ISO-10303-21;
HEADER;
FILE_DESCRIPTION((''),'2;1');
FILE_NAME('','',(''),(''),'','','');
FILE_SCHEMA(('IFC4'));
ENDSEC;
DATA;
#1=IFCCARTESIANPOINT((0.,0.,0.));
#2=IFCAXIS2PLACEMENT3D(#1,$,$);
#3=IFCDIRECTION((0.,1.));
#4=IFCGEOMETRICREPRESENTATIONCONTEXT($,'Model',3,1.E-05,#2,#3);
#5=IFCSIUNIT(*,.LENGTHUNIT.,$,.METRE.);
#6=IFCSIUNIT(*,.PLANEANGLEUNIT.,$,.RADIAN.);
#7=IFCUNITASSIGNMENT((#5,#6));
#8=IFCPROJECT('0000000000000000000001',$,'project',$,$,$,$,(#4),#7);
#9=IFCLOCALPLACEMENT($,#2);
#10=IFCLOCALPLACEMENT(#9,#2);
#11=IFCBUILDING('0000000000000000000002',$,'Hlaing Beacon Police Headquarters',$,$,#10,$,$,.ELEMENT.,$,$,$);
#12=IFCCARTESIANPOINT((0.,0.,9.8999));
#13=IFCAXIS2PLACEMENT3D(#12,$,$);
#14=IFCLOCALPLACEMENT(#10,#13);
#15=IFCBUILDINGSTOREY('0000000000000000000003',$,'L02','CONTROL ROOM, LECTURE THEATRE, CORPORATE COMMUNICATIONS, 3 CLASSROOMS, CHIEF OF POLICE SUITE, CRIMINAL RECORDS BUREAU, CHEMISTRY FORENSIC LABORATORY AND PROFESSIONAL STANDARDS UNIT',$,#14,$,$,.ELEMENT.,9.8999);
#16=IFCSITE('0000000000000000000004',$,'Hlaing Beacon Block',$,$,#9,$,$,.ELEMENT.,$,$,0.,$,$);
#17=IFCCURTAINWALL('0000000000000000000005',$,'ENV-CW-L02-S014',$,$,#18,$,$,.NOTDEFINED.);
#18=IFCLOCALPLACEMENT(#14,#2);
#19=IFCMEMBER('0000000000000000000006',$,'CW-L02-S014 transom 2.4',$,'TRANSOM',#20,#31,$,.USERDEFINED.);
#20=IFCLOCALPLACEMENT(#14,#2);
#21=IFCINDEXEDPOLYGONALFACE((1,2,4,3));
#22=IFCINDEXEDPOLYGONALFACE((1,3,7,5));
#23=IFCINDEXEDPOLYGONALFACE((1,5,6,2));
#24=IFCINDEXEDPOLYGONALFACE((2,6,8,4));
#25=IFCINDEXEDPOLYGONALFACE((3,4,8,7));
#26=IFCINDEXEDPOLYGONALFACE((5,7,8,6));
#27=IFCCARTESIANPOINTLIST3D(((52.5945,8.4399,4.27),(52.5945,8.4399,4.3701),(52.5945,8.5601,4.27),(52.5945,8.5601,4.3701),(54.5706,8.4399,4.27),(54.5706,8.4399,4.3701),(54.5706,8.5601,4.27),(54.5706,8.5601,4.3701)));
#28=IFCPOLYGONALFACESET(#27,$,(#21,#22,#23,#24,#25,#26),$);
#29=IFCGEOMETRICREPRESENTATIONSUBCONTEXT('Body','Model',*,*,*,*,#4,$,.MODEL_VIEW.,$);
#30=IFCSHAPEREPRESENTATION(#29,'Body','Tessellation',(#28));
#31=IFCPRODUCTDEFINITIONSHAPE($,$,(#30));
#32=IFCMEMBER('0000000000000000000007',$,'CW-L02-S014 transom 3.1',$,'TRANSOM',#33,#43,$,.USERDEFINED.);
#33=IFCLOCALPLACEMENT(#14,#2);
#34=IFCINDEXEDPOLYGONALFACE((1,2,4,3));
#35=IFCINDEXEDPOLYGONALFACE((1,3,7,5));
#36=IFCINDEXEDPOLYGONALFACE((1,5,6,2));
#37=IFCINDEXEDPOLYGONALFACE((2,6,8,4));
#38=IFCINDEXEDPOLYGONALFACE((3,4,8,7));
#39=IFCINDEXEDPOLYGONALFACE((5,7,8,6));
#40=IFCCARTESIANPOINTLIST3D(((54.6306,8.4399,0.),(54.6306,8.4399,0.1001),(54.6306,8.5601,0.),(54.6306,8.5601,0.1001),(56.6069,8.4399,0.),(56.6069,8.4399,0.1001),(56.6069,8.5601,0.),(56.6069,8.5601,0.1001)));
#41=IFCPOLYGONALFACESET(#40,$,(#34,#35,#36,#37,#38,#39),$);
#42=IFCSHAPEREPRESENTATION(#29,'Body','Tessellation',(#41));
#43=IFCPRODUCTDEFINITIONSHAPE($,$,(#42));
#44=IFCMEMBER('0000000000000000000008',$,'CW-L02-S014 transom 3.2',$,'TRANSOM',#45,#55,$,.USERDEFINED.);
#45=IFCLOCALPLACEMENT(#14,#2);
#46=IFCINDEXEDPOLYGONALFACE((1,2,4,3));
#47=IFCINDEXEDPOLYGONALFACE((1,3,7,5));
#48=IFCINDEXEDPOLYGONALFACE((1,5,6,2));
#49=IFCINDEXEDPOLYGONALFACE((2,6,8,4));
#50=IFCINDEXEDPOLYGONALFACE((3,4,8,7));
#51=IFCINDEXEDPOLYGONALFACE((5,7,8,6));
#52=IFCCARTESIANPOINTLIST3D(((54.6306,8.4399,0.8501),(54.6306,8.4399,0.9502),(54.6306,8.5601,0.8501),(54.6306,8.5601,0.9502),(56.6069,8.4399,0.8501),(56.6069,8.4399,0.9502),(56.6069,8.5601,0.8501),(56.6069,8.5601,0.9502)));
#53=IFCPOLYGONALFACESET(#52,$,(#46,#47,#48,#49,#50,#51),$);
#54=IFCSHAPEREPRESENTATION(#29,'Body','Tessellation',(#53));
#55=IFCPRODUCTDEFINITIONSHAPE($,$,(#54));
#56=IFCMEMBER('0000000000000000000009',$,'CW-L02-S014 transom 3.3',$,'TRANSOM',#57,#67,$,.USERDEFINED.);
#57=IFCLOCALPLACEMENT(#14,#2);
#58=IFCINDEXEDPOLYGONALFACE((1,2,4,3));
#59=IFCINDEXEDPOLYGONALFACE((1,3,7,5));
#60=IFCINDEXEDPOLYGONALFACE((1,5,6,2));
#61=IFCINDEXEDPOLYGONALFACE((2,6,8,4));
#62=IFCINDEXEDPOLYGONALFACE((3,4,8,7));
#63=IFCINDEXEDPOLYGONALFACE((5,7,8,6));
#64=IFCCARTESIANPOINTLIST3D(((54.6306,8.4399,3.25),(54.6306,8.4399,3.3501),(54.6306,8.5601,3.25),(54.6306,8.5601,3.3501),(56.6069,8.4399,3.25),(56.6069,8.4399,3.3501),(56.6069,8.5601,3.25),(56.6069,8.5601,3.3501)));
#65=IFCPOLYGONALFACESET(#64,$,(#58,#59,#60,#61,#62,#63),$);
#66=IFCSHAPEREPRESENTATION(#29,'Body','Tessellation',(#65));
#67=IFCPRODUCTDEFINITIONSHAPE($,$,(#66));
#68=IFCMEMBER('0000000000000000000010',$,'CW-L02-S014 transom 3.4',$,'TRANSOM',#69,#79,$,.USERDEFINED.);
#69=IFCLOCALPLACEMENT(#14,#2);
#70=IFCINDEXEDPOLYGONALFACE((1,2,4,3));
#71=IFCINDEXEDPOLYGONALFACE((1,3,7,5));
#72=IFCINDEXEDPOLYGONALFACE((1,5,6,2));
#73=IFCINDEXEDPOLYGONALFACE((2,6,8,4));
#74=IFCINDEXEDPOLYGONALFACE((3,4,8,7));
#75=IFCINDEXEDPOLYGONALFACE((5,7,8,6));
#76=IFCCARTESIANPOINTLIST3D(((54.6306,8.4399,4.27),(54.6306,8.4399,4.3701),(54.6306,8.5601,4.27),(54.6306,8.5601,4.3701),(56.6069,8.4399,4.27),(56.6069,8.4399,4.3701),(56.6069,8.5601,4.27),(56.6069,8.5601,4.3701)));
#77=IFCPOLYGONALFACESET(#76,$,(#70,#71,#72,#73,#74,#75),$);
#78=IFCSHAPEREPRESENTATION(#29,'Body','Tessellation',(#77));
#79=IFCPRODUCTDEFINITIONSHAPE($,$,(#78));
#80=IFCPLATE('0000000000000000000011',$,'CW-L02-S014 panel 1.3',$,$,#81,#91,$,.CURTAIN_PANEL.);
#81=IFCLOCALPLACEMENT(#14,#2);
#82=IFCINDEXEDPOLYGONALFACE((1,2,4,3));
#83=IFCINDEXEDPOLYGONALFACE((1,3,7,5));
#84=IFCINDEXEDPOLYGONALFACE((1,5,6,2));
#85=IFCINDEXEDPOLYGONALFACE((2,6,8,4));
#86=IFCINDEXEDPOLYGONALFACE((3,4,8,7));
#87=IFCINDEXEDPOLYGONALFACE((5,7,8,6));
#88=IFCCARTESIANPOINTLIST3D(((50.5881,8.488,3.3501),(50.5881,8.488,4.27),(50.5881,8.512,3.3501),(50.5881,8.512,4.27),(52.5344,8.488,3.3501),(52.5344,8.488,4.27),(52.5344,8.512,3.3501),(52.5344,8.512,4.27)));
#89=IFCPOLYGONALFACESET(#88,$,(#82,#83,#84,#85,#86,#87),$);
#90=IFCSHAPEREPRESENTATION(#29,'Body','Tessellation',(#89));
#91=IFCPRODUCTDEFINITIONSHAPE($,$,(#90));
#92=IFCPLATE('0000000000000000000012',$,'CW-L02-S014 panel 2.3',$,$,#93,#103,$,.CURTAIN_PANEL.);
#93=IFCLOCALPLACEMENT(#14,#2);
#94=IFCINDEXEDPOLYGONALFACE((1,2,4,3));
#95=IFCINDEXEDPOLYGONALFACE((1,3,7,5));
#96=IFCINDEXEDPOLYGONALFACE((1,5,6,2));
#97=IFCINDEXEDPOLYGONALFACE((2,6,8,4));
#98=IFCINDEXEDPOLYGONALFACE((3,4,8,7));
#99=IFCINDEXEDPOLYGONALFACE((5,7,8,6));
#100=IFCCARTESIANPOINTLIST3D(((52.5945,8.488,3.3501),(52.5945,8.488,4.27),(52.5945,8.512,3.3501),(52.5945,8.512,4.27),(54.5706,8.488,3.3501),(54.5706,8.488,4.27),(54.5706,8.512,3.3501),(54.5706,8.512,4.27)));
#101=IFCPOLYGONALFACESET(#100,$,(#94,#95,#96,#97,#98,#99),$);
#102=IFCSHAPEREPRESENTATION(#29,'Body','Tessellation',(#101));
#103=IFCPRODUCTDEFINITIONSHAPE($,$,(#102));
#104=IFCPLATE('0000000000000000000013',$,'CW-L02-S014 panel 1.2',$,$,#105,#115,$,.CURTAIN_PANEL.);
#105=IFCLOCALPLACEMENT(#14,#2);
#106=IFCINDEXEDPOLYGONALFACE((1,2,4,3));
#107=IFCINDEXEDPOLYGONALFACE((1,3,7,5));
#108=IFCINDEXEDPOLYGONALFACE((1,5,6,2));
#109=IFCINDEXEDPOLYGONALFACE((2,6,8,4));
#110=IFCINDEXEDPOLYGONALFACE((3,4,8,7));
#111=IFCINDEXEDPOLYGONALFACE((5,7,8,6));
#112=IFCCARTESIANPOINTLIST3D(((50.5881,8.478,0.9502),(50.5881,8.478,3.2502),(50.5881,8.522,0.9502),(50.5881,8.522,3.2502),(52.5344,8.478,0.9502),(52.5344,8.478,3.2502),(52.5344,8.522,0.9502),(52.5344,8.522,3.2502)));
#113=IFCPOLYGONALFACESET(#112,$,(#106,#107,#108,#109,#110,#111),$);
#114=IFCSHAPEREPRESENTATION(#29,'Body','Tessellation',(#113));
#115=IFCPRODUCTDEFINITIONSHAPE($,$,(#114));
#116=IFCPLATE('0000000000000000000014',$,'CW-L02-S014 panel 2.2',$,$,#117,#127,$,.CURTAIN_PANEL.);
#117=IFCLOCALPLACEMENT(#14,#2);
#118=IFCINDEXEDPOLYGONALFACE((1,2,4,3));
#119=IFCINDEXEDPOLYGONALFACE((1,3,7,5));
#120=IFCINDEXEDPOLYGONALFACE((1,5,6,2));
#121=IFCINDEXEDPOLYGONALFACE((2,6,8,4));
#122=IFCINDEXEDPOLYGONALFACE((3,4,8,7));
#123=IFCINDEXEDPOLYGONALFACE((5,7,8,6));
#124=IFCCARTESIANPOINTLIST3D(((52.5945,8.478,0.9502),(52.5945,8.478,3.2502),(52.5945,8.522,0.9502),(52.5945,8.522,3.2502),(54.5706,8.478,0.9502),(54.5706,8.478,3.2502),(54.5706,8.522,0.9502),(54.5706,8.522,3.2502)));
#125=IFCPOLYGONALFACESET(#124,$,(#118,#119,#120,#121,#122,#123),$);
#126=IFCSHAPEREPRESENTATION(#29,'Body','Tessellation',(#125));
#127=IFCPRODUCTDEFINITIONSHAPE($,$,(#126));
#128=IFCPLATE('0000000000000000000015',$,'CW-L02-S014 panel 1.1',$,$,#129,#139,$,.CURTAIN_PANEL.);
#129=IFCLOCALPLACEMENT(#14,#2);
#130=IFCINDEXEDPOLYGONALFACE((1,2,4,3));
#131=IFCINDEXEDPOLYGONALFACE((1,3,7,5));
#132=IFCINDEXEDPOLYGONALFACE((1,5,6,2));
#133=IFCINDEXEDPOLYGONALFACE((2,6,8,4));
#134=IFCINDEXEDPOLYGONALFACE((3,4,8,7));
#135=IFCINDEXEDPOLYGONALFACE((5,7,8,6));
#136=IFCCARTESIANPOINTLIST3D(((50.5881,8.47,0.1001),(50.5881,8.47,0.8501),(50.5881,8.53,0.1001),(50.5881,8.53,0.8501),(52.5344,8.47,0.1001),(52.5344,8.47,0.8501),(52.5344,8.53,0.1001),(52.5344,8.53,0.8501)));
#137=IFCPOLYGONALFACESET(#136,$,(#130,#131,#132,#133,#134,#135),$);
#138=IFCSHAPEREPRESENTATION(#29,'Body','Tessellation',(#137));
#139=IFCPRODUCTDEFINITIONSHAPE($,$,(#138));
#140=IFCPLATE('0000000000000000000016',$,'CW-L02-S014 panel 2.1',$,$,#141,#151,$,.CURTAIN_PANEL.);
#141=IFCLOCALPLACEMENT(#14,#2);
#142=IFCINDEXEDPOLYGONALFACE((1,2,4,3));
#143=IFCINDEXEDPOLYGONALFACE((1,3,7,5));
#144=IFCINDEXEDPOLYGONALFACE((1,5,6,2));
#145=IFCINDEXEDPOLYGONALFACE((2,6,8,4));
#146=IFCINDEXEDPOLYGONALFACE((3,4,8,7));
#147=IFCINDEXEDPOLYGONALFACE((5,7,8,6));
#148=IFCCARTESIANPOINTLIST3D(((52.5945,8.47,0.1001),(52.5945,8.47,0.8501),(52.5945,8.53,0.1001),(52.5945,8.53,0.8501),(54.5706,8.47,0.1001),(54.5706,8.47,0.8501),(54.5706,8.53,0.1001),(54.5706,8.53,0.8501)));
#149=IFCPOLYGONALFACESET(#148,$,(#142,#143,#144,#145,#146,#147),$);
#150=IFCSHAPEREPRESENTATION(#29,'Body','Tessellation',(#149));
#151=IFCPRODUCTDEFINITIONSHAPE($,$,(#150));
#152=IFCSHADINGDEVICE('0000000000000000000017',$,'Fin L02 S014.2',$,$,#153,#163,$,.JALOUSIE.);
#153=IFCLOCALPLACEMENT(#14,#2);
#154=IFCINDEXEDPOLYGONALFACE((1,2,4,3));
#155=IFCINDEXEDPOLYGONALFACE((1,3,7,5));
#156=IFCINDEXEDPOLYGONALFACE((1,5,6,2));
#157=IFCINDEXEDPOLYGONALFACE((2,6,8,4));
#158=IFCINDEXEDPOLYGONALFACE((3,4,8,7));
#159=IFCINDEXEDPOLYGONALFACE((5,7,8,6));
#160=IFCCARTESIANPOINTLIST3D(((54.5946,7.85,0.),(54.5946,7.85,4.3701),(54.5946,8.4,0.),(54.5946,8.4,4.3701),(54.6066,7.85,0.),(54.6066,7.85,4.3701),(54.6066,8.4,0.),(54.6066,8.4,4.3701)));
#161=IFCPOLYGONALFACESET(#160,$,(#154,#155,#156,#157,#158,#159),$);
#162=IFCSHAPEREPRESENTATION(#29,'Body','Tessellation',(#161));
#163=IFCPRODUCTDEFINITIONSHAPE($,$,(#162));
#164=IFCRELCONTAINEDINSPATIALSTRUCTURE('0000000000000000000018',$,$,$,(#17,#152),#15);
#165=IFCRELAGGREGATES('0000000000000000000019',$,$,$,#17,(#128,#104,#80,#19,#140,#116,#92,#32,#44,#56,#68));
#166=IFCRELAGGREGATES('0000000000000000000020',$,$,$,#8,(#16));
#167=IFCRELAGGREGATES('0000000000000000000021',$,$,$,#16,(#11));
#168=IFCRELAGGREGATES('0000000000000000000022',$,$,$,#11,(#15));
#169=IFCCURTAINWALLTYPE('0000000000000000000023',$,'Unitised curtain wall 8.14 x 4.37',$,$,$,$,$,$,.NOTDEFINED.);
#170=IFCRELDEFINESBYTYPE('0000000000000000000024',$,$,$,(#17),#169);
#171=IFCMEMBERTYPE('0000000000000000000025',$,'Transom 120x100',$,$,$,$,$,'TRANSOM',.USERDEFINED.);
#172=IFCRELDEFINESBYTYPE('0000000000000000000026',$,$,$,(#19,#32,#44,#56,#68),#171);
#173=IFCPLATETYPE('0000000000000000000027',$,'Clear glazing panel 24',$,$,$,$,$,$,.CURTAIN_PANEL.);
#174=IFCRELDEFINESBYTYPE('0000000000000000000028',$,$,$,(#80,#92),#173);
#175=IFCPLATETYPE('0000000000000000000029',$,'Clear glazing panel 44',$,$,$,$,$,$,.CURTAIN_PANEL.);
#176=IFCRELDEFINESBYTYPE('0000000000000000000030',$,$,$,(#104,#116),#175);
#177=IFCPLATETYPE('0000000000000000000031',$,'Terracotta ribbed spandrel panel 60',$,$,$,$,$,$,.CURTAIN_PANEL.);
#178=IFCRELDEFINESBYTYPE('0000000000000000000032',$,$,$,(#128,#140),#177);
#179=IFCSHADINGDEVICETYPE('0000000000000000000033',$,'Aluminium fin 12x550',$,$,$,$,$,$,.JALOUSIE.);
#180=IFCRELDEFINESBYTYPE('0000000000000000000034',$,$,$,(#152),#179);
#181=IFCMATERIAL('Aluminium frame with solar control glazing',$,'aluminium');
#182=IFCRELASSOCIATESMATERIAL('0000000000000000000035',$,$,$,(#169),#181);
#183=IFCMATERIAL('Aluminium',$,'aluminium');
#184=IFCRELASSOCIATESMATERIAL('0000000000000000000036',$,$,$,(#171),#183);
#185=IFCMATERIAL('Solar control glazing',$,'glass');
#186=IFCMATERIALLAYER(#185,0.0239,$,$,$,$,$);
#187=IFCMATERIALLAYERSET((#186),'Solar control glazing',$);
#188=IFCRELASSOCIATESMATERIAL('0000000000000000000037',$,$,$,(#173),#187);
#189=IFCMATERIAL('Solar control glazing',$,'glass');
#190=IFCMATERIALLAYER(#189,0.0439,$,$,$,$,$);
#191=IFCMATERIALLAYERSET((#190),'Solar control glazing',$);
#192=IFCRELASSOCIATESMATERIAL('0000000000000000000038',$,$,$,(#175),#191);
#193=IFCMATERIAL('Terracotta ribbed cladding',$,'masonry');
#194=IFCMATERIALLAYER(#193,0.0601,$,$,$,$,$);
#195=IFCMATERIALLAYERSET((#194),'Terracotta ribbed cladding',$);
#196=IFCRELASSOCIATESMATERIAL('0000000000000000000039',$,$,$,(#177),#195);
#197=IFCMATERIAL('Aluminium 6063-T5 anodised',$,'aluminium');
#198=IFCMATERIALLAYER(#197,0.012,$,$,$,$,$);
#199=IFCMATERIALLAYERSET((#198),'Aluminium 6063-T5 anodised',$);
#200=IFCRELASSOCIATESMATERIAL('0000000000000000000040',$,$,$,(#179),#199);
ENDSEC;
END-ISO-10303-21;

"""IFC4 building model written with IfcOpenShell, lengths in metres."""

from ifc_helpers import new_model, si_unit, direction, frame, origin, origin_2d, place, context, subcontext, project, spatial, rectangle, extrude, material, layer, layer_set, material_profile, profile_set, type_object, element, aggregate, save


model = new_model("IFC4")

# Units and contexts
model_context = context("Model", 3, precision=1e-05, world=origin(), true_north=direction((0.0, 1.0)))
body_context = subcontext(model_context, "Body", "Model", "MODEL_VIEW")
ifc_project = project(units=[si_unit("LENGTHUNIT", "METRE"), si_unit("PLANEANGLEUNIT", "RADIAN")], contexts=[model_context])

# Site, building, storey
site_placement = place(None, origin())
site = spatial("IfcSite", under=ifc_project, at=site_placement, Name="Hlaing Beacon Block", CompositionType="ELEMENT", RefElevation=0.0)
building_placement = place(site_placement, origin())
building = spatial("IfcBuilding", under=site, at=building_placement, Name="Hlaing Beacon Police Headquarters", CompositionType="ELEMENT")
storey_placement = place(building_placement, frame((0.0, 0.0, 9.8999)))
storey = spatial("IfcBuildingStorey", under=building, at=storey_placement, Name="L02", Description="CONTROL ROOM, LECTURE THEATRE, CORPORATE COMMUNICATIONS, 3 CLASSROOMS, CHIEF OF POLICE SUITE, CRIMINAL RECORDS BUREAU, CHEMISTRY FORENSIC LABORATORY AND PROFESSIONAL STANDARDS UNIT", CompositionType="ELEMENT", Elevation=9.8999)

# Curtain wall
ifc_material_1 = material(Name="Aluminium frame with solar control glazing", Category="aluminium")
curtain_wall_type = type_object("IfcCurtainWallType", Name="Unitised curtain wall 8.14 x 4.37", PredefinedType="NOTDEFINED", material=ifc_material_1)
curtain_wall_placement = place(storey_placement, origin())
curtain_wall = element("IfcCurtainWall", 1, at=curtain_wall_placement, inside=storey, type_object=curtain_wall_type, Name="ENV-CW-L02-S014", PredefinedType="NOTDEFINED")

# Members
ifc_material_2 = material(Name="Aluminium", Category="aluminium")
ifc_material_profile_1 = material_profile(ifc_material_2, rectangle(XDim=0.1201, YDim=0.1001, at=origin_2d()), Name="Transom 120x100")
ifc_profile_set_1 = profile_set([ifc_material_profile_1], Name="Aluminium")
member_type_1 = type_object("IfcMemberType", Name="Transom 120x100", ElementType="TRANSOM", PredefinedType="USERDEFINED", material=ifc_profile_set_1)
member_1_placement = place(storey_placement, frame((52.5945, 8.5, 4.3201), z_axis=(1.0, 0.0, 0.0), x_axis=(0.0, 1.0, 0.0)))
member_1 = element("IfcMember", 2, at=member_1_placement, type_object=member_type_1, Name="CW-L02-S014 transom 2.4", ObjectType="TRANSOM", PredefinedType="USERDEFINED", context=body_context, shape_type="SweptSolid", body=[
    extrude(rectangle(XDim=0.1201, YDim=0.1001, at=origin_2d()), origin(), (0.0, 0.0, 1.0), 1.9761),
])
member_2_placement = place(storey_placement, frame((54.6306, 8.5, 0.05), z_axis=(1.0, 0.0, 0.0), x_axis=(0.0, 1.0, 0.0)))
member_2 = element("IfcMember", 3, at=member_2_placement, type_object=member_type_1, Name="CW-L02-S014 transom 3.1", ObjectType="TRANSOM", PredefinedType="USERDEFINED", context=body_context, shape_type="SweptSolid", body=[
    extrude(rectangle(XDim=0.1201, YDim=0.1001, at=origin_2d()), origin(), (0.0, 0.0, 1.0), 1.9763),
])
member_3_placement = place(storey_placement, frame((54.6306, 8.5, 0.9001), z_axis=(1.0, 0.0, 0.0), x_axis=(0.0, 1.0, 0.0)))
member_3 = element("IfcMember", 4, at=member_3_placement, type_object=member_type_1, Name="CW-L02-S014 transom 3.2", ObjectType="TRANSOM", PredefinedType="USERDEFINED", context=body_context, shape_type="SweptSolid", body=[
    extrude(rectangle(XDim=0.1201, YDim=0.1001, at=origin_2d()), origin(), (0.0, 0.0, 1.0), 1.9763),
])
member_4_placement = place(storey_placement, frame((54.6306, 8.5, 3.3), z_axis=(1.0, 0.0, 0.0), x_axis=(0.0, 1.0, 0.0)))
member_4 = element("IfcMember", 5, at=member_4_placement, type_object=member_type_1, Name="CW-L02-S014 transom 3.3", ObjectType="TRANSOM", PredefinedType="USERDEFINED", context=body_context, shape_type="SweptSolid", body=[
    extrude(rectangle(XDim=0.1201, YDim=0.1001, at=origin_2d()), origin(), (0.0, 0.0, 1.0), 1.9763),
])
member_5_placement = place(storey_placement, frame((54.6306, 8.5, 4.3201), z_axis=(1.0, 0.0, 0.0), x_axis=(0.0, 1.0, 0.0)))
member_5 = element("IfcMember", 6, at=member_5_placement, type_object=member_type_1, Name="CW-L02-S014 transom 3.4", ObjectType="TRANSOM", PredefinedType="USERDEFINED", context=body_context, shape_type="SweptSolid", body=[
    extrude(rectangle(XDim=0.1201, YDim=0.1001, at=origin_2d()), origin(), (0.0, 0.0, 1.0), 1.9763),
])

# Plates
ifc_material_3 = material(Name="Solar control glazing", Category="glass")
ifc_layer_1 = layer(ifc_material_3, 0.0239)
ifc_layer_set_1 = layer_set([ifc_layer_1], Name="Solar control glazing")
plate_type_1 = type_object("IfcPlateType", Name="Clear glazing panel 24", PredefinedType="CURTAIN_PANEL", material=ifc_layer_set_1)
plate_1_placement = place(storey_placement, frame((51.5613, 8.5, 3.3501), z_axis=(0.0, 0.0, 1.0), x_axis=(1.0, 0.0, 0.0)))
plate_1 = element("IfcPlate", 7, at=plate_1_placement, type_object=plate_type_1, Name="CW-L02-S014 panel 1.3", PredefinedType="CURTAIN_PANEL", context=body_context, shape_type="SweptSolid", body=[
    extrude(rectangle(XDim=1.9463, YDim=0.0239, at=origin_2d()), origin(), (0.0, 0.0, 1.0), 0.9199),
])
plate_2_placement = place(storey_placement, frame((53.5825, 8.5, 3.3501), z_axis=(0.0, 0.0, 1.0), x_axis=(1.0, 0.0, 0.0)))
plate_2 = element("IfcPlate", 8, at=plate_2_placement, type_object=plate_type_1, Name="CW-L02-S014 panel 2.3", PredefinedType="CURTAIN_PANEL", context=body_context, shape_type="SweptSolid", body=[
    extrude(rectangle(XDim=1.9761, YDim=0.0239, at=origin_2d()), origin(), (0.0, 0.0, 1.0), 0.9199),
])
ifc_material_4 = material(Name="Solar control glazing", Category="glass")
ifc_layer_2 = layer(ifc_material_4, 0.0439)
ifc_layer_set_2 = layer_set([ifc_layer_2], Name="Solar control glazing")
plate_type_2 = type_object("IfcPlateType", Name="Clear glazing panel 44", PredefinedType="CURTAIN_PANEL", material=ifc_layer_set_2)
plate_3_placement = place(storey_placement, frame((51.5613, 8.5, 0.9502), z_axis=(0.0, 0.0, 1.0), x_axis=(1.0, 0.0, 0.0)))
plate_3 = element("IfcPlate", 9, at=plate_3_placement, type_object=plate_type_2, Name="CW-L02-S014 panel 1.2", PredefinedType="CURTAIN_PANEL", context=body_context, shape_type="SweptSolid", body=[
    extrude(rectangle(XDim=1.9463, YDim=0.0439, at=origin_2d()), origin(), (0.0, 0.0, 1.0), 2.3),
])
plate_4_placement = place(storey_placement, frame((53.5825, 8.5, 0.9502), z_axis=(0.0, 0.0, 1.0), x_axis=(1.0, 0.0, 0.0)))
plate_4 = element("IfcPlate", 10, at=plate_4_placement, type_object=plate_type_2, Name="CW-L02-S014 panel 2.2", PredefinedType="CURTAIN_PANEL", context=body_context, shape_type="SweptSolid", body=[
    extrude(rectangle(XDim=1.9761, YDim=0.0439, at=origin_2d()), origin(), (0.0, 0.0, 1.0), 2.3),
])
ifc_material_5 = material(Name="Terracotta ribbed cladding", Category="masonry")
ifc_layer_3 = layer(ifc_material_5, 0.0601)
ifc_layer_set_3 = layer_set([ifc_layer_3], Name="Terracotta ribbed cladding")
plate_type_3 = type_object("IfcPlateType", Name="Terracotta ribbed spandrel panel 60", PredefinedType="CURTAIN_PANEL", material=ifc_layer_set_3)
plate_5_placement = place(storey_placement, frame((51.5613, 8.5, 0.1001), z_axis=(0.0, 0.0, 1.0), x_axis=(1.0, 0.0, 0.0)))
plate_5 = element("IfcPlate", 11, at=plate_5_placement, type_object=plate_type_3, Name="CW-L02-S014 panel 1.1", PredefinedType="CURTAIN_PANEL", context=body_context, shape_type="SweptSolid", body=[
    extrude(rectangle(XDim=1.9463, YDim=0.0601, at=origin_2d()), origin(), (0.0, 0.0, 1.0), 0.75),
])
plate_6_placement = place(storey_placement, frame((53.5825, 8.5, 0.1001), z_axis=(0.0, 0.0, 1.0), x_axis=(1.0, 0.0, 0.0)))
plate_6 = element("IfcPlate", 12, at=plate_6_placement, type_object=plate_type_3, Name="CW-L02-S014 panel 2.1", PredefinedType="CURTAIN_PANEL", context=body_context, shape_type="SweptSolid", body=[
    extrude(rectangle(XDim=1.9761, YDim=0.0601, at=origin_2d()), origin(), (0.0, 0.0, 1.0), 0.75),
])
aggregate(curtain_wall, [plate_5, plate_3, plate_1, member_1, plate_6, plate_4, plate_2, member_2, member_3, member_4, member_5])

# Shading device
ifc_material_6 = material(Name="Aluminium 6063-T5 anodised", Category="aluminium")
ifc_layer_4 = layer(ifc_material_6, 0.012)
ifc_layer_set_4 = layer_set([ifc_layer_4], Name="Aluminium 6063-T5 anodised")
shading_device_type = type_object("IfcShadingDeviceType", Name="Aluminium fin 12x550", PredefinedType="JALOUSIE", material=ifc_layer_set_4)
shading_device_placement = place(storey_placement, frame((54.6006, 8.125, 0.0), z_axis=(0.0, 0.0, 1.0), x_axis=(1.0, 0.0, 0.0)))
element("IfcShadingDevice", 13, at=shading_device_placement, inside=storey, type_object=shading_device_type, Name="Fin L02 S014.2", PredefinedType="JALOUSIE", context=body_context, shape_type="SweptSolid", body=[
    extrude(rectangle(XDim=0.012, YDim=0.55, at=origin_2d()), origin(), (0.0, 0.0, 1.0), 4.3701),
])

save(model, "model.ifc")
